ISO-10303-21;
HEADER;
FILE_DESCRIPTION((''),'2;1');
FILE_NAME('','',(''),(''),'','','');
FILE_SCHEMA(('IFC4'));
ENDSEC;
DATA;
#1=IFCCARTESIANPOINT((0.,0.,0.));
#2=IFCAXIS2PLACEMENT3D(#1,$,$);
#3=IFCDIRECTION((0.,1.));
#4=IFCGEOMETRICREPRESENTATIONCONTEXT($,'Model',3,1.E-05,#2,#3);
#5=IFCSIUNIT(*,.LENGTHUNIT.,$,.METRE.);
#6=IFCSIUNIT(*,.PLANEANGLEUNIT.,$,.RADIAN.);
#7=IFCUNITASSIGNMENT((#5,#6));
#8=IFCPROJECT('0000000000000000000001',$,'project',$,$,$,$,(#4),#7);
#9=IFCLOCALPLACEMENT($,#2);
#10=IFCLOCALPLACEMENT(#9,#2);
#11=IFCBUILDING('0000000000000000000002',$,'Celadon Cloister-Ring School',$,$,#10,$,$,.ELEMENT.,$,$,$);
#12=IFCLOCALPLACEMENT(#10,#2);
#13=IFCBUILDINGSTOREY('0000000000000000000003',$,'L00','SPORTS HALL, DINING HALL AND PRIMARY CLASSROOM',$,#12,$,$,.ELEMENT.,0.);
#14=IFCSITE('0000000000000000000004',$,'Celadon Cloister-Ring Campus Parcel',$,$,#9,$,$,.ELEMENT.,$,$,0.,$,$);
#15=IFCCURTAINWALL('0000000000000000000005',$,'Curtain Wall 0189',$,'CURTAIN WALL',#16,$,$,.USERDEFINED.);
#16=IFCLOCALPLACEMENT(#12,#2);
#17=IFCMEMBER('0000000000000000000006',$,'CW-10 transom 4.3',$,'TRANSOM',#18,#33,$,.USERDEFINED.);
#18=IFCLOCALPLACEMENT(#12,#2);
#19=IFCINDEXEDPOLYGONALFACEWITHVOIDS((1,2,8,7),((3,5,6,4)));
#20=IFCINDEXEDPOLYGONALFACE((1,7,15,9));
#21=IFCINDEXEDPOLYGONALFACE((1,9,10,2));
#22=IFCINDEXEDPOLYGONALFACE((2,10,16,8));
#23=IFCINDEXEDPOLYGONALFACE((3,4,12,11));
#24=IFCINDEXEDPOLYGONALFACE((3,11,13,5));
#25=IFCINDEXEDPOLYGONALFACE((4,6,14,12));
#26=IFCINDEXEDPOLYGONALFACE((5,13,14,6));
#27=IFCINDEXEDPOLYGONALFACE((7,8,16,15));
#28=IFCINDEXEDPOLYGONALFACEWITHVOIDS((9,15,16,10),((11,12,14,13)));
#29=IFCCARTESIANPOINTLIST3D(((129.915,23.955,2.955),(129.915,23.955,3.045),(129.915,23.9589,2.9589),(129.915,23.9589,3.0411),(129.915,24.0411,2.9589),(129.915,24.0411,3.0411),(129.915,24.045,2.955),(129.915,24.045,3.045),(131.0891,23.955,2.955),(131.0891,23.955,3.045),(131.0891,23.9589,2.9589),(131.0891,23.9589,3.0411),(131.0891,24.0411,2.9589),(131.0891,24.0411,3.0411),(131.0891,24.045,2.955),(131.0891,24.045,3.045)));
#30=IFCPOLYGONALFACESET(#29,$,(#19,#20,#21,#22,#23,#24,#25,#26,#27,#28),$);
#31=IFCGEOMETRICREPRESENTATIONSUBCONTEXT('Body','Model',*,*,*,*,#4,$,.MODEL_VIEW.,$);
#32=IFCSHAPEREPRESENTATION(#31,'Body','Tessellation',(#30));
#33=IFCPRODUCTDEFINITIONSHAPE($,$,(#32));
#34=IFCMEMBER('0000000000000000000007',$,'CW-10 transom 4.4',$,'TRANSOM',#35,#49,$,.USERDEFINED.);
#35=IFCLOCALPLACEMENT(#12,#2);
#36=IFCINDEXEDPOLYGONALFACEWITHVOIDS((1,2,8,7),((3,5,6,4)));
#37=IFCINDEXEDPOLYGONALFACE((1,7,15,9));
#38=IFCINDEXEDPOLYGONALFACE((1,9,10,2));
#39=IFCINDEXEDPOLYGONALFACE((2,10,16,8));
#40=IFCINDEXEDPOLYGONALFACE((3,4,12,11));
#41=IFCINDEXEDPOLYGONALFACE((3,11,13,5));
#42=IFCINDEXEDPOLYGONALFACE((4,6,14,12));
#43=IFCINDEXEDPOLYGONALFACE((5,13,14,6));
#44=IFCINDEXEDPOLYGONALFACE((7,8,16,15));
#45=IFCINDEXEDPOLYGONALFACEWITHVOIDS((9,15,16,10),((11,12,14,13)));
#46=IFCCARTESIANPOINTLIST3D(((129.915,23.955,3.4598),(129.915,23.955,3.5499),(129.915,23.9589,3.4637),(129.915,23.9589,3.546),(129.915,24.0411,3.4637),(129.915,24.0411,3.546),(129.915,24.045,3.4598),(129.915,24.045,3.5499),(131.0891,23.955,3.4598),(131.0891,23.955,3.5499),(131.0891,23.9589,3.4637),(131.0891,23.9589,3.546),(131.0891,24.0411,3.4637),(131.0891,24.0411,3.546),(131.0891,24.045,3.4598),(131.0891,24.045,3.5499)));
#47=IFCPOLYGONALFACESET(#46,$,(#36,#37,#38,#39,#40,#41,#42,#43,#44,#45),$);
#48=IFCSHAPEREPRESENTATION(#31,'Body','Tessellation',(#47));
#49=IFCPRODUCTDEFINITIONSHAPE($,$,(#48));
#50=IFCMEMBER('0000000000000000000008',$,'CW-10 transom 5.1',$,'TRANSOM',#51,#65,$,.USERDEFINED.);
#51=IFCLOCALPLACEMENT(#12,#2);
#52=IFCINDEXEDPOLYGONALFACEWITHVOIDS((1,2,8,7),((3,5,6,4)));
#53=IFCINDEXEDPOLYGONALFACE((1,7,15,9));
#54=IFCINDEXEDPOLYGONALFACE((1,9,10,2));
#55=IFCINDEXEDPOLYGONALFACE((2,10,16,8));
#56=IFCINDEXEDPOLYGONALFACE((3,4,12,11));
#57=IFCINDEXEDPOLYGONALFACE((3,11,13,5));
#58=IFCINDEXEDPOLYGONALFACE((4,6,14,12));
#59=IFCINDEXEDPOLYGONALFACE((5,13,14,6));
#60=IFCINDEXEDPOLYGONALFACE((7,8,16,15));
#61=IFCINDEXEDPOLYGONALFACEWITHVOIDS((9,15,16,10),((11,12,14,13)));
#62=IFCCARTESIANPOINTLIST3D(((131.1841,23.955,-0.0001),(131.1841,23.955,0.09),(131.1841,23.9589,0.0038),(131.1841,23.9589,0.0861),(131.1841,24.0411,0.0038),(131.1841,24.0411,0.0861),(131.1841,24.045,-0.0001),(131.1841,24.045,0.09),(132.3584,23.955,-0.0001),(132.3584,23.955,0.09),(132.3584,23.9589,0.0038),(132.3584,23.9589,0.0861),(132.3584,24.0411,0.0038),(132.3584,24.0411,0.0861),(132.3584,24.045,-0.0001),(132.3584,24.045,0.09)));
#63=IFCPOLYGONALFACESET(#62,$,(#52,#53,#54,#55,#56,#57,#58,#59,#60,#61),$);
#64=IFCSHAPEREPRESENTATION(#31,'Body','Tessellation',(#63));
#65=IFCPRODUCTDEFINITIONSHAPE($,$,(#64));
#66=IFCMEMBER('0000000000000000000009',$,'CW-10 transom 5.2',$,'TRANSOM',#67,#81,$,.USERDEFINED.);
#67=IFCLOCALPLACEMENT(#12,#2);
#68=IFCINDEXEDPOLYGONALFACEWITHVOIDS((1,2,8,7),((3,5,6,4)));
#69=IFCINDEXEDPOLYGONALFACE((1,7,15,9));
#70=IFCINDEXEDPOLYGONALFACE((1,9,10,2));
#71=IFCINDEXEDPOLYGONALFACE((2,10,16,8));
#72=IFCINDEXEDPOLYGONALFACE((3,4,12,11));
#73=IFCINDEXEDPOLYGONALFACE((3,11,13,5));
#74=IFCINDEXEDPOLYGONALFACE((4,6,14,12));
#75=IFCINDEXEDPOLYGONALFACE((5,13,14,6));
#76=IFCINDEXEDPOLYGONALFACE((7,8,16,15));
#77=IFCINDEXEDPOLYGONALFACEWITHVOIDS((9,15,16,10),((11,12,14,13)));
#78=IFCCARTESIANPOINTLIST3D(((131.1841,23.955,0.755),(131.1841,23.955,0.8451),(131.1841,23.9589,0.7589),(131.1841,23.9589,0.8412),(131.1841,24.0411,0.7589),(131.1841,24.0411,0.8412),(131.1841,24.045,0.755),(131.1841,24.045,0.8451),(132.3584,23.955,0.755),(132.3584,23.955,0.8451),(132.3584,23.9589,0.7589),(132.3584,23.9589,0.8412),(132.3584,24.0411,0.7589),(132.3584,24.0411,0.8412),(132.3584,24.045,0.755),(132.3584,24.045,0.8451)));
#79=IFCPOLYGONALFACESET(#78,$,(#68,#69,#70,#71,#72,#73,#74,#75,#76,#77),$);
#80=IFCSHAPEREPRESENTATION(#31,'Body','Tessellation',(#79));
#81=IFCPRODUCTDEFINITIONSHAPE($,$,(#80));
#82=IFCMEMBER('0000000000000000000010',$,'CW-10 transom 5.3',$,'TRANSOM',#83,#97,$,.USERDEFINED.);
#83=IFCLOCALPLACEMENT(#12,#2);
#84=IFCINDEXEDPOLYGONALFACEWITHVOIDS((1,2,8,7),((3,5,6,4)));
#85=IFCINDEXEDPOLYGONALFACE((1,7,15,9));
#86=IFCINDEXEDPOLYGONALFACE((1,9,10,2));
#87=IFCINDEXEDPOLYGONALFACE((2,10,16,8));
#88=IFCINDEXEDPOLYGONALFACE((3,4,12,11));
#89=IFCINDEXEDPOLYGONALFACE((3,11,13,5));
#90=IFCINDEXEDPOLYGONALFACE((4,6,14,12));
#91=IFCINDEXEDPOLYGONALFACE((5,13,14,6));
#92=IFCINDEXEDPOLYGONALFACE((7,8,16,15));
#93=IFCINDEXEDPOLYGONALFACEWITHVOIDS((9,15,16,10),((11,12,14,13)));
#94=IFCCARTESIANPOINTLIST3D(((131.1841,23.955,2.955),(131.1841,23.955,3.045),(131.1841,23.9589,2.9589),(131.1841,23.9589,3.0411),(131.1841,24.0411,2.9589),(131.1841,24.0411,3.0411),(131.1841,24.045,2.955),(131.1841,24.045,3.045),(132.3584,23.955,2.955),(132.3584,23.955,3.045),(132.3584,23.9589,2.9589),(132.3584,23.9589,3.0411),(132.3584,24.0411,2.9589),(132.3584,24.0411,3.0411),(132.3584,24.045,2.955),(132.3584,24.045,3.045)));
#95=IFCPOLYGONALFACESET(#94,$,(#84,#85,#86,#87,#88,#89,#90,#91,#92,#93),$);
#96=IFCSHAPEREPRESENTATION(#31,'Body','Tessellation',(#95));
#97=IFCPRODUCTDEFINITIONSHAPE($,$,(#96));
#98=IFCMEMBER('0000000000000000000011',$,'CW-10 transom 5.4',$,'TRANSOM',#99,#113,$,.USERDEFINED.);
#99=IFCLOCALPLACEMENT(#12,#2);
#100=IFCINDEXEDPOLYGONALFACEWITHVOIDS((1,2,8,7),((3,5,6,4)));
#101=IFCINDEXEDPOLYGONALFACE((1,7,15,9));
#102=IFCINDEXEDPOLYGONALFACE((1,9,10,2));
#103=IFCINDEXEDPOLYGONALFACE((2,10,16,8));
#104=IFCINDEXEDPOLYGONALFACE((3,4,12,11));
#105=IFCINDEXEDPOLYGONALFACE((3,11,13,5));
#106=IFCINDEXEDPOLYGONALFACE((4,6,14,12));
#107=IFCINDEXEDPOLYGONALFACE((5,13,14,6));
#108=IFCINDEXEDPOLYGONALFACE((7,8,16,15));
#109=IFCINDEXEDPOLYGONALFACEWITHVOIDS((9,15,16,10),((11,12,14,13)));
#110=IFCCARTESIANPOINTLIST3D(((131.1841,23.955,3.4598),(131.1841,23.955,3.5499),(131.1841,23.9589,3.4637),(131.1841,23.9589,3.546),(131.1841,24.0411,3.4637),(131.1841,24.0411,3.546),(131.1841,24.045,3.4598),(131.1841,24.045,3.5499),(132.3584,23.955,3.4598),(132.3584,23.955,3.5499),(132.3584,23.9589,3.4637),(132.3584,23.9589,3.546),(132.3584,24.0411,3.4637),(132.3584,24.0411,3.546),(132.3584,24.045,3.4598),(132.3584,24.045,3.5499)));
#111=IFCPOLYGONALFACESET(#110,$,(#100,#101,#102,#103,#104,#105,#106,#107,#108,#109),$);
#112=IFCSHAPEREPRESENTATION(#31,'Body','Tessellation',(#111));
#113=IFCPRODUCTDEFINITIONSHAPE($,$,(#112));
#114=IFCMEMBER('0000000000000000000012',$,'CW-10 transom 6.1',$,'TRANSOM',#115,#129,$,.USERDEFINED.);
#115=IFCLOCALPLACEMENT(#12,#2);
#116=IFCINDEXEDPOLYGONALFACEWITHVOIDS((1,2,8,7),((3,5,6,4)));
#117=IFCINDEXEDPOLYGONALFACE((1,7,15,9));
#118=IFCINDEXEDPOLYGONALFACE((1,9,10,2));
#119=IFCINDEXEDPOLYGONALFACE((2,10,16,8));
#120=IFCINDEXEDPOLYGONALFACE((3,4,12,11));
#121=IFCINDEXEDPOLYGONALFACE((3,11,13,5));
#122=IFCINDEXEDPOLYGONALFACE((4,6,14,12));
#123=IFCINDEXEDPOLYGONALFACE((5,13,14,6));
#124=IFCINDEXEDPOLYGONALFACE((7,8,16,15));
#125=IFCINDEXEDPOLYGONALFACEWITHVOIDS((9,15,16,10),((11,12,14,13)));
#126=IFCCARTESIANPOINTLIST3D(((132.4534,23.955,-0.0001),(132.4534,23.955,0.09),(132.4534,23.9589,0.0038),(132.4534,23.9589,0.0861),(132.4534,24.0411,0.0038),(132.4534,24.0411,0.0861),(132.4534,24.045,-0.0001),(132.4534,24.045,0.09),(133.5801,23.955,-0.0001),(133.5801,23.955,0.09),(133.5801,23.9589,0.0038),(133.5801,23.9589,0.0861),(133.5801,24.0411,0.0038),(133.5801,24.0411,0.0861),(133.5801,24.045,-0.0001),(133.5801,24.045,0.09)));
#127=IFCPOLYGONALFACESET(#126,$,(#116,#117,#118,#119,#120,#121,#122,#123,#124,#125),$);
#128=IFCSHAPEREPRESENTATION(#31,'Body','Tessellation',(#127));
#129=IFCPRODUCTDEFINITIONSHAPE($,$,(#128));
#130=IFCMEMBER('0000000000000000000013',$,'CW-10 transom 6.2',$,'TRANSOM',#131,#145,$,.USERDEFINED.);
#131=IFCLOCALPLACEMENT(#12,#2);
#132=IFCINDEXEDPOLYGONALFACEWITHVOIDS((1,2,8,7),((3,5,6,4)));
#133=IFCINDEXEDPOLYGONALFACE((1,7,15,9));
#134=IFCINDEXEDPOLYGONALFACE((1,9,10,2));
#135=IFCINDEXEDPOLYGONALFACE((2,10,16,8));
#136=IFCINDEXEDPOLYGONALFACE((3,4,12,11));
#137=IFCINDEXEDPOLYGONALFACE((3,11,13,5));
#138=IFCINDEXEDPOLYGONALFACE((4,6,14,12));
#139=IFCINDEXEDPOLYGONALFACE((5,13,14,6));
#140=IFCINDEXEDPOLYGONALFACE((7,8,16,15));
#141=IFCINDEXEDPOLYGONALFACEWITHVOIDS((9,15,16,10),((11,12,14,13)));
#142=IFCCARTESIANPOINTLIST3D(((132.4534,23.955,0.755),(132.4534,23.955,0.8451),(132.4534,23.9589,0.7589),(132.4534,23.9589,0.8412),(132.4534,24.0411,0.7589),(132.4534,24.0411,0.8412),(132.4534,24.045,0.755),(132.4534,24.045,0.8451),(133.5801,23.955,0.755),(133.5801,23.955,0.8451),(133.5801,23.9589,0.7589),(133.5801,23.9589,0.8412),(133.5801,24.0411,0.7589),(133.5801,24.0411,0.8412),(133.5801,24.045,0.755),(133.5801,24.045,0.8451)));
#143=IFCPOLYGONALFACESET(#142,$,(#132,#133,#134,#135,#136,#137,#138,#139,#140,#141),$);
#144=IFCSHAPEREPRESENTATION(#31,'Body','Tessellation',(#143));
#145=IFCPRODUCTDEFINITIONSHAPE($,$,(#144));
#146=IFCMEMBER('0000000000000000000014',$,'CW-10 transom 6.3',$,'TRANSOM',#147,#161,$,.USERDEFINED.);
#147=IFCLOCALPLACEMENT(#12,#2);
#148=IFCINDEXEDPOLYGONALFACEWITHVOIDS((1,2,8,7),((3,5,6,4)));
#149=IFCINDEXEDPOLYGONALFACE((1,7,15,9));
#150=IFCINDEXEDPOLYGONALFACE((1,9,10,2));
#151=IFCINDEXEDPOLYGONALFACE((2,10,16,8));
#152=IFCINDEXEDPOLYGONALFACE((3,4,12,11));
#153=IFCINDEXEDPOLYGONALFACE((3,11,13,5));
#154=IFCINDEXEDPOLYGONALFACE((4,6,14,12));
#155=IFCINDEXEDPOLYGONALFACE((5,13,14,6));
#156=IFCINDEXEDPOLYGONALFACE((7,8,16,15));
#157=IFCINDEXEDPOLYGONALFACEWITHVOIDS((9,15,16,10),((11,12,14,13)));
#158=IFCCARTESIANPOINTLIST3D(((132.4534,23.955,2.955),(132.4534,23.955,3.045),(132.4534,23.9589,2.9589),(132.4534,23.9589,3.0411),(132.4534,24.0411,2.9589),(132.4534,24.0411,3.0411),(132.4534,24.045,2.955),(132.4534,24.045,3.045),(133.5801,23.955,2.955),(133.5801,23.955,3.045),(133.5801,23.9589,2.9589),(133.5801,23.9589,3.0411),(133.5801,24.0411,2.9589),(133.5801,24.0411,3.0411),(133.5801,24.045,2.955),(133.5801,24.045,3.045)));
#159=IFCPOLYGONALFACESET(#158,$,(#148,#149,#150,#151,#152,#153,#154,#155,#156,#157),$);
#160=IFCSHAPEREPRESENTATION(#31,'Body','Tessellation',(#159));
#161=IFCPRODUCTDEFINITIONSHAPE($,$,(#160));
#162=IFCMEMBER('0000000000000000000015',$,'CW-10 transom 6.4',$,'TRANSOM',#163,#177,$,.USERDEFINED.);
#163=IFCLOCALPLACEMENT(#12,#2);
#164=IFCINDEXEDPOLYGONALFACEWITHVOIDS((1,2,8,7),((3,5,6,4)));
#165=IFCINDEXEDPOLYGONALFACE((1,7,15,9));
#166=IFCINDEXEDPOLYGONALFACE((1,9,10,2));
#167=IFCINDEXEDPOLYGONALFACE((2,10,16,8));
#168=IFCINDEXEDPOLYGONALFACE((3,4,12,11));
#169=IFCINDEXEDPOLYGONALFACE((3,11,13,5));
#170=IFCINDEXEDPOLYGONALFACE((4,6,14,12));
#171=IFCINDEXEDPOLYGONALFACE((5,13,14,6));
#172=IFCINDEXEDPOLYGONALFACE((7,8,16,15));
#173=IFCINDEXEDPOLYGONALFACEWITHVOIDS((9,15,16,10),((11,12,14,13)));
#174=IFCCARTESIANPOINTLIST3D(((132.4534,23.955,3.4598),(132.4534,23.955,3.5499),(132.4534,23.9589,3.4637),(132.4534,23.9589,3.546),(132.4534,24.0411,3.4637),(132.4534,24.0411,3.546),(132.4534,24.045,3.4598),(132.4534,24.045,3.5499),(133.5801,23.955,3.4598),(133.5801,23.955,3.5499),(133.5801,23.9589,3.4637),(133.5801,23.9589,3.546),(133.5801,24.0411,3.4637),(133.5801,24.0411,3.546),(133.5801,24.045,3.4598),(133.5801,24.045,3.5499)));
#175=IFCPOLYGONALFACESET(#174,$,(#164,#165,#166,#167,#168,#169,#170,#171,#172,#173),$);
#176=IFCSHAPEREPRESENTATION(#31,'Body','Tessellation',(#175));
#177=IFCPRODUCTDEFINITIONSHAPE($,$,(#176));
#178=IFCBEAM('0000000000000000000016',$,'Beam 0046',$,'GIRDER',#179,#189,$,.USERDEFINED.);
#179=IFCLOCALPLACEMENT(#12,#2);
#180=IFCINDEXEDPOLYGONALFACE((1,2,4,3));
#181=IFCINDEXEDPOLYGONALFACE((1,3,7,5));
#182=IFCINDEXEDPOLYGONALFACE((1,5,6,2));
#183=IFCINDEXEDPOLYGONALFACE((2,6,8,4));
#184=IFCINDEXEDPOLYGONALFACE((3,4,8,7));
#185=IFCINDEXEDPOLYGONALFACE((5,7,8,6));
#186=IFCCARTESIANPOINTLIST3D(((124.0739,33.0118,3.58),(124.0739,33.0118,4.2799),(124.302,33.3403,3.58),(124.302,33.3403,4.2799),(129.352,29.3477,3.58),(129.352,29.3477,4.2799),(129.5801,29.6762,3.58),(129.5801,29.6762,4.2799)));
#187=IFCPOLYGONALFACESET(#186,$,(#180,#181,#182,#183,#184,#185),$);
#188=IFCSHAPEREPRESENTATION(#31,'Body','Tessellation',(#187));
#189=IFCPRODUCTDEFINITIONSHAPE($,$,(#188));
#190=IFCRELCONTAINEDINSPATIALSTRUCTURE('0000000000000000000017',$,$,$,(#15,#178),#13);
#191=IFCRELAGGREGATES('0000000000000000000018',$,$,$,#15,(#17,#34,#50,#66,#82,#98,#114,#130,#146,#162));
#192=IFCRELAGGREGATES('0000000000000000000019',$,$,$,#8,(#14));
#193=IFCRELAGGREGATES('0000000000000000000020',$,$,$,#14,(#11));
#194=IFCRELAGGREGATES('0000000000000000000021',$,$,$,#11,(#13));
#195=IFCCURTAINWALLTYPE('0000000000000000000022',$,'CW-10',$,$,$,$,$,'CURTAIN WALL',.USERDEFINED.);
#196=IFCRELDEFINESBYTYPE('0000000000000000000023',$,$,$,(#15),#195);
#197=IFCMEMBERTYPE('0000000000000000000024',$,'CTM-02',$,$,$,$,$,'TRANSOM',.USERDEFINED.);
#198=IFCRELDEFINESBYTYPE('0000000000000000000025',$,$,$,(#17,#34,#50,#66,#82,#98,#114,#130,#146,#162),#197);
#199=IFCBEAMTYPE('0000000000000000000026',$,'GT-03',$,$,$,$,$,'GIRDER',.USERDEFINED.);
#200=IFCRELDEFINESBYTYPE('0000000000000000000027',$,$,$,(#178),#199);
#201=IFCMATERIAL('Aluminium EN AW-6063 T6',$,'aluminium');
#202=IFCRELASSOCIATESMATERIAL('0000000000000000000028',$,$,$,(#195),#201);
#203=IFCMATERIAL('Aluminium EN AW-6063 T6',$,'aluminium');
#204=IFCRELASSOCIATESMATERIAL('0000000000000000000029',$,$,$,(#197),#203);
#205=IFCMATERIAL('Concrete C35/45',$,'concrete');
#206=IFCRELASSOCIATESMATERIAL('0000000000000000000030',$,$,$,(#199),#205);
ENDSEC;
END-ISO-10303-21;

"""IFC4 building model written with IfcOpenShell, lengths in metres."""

from ifc_helpers import new_model, si_unit, direction, frame, origin, origin_2d, place, context, subcontext, project, spatial, rectangle, hollow_rectangle, extrude, material, material_profile, profile_set, type_object, element, aggregate, save


model = new_model("IFC4")

# Units and contexts
model_context = context("Model", 3, precision=1e-05, world=origin(), true_north=direction((0.0, 1.0)))
body_context = subcontext(model_context, "Body", "Model", "MODEL_VIEW")
ifc_project = project(units=[si_unit("LENGTHUNIT", "METRE"), si_unit("PLANEANGLEUNIT", "RADIAN")], contexts=[model_context])

# Site, building, storey
site_placement = place(None, origin())
site = spatial("IfcSite", under=ifc_project, at=site_placement, Name="Celadon Cloister-Ring Campus Parcel", CompositionType="ELEMENT", RefElevation=0.0)
building_placement = place(site_placement, origin())
building = spatial("IfcBuilding", under=site, at=building_placement, Name="Celadon Cloister-Ring School", CompositionType="ELEMENT")
storey_placement = place(building_placement, origin())
storey = spatial("IfcBuildingStorey", under=building, at=storey_placement, Name="L00", Description="SPORTS HALL, DINING HALL AND PRIMARY CLASSROOM", CompositionType="ELEMENT", Elevation=0.0)

# Curtain wall, members
ifc_material_1 = material(Name="Aluminium EN AW-6063 T6", Category="aluminium")
curtain_wall_type = type_object("IfcCurtainWallType", Name="CW-10", ElementType="CURTAIN WALL", PredefinedType="USERDEFINED", material=ifc_material_1)
curtain_wall_placement = place(storey_placement, origin())
curtain_wall = element("IfcCurtainWall", 1, at=curtain_wall_placement, inside=storey, type_object=curtain_wall_type, Name="Curtain Wall 0189", ObjectType="CURTAIN WALL", PredefinedType="USERDEFINED")
ifc_material_2 = material(Name="Aluminium EN AW-6063 T6", Category="aluminium")
ifc_material_profile_1 = material_profile(ifc_material_2, hollow_rectangle(XDim=0.0901, YDim=0.0901, WallThickness=0.0039, at=origin_2d()), Name="RHS90X90X4")
ifc_profile_set_1 = profile_set([ifc_material_profile_1], Name="Aluminium EN AW-6063 T6")
member_type_1 = type_object("IfcMemberType", Name="CTM-02", ElementType="TRANSOM", PredefinedType="USERDEFINED", material=ifc_profile_set_1)
member_1_placement = place(storey_placement, frame((129.915, 24.0, 3.0), z_axis=(1.0, 0.0, 0.0), x_axis=(0.0, 1.0, 0.0)))
member_1 = element("IfcMember", 2, at=member_1_placement, type_object=member_type_1, Name="CW-10 transom 4.3", ObjectType="TRANSOM", PredefinedType="USERDEFINED", context=body_context, shape_type="SweptSolid", body=[
    extrude(hollow_rectangle(XDim=0.0901, YDim=0.0901, WallThickness=0.0039, at=origin_2d()), origin(), (0.0, 0.0, 1.0), 1.1741),
])
member_2_placement = place(storey_placement, frame((129.915, 24.0, 3.5049), z_axis=(1.0, 0.0, 0.0), x_axis=(0.0, 1.0, 0.0)))
member_2 = element("IfcMember", 3, at=member_2_placement, type_object=member_type_1, Name="CW-10 transom 4.4", ObjectType="TRANSOM", PredefinedType="USERDEFINED", context=body_context, shape_type="SweptSolid", body=[
    extrude(hollow_rectangle(XDim=0.0901, YDim=0.0901, WallThickness=0.0039, at=origin_2d()), origin(), (0.0, 0.0, 1.0), 1.1741),
])
member_3_placement = place(storey_placement, frame((131.1841, 24.0, 0.0449), z_axis=(1.0, 0.0, 0.0), x_axis=(0.0, 1.0, 0.0)))
member_3 = element("IfcMember", 4, at=member_3_placement, type_object=member_type_1, Name="CW-10 transom 5.1", ObjectType="TRANSOM", PredefinedType="USERDEFINED", context=body_context, shape_type="SweptSolid", body=[
    extrude(hollow_rectangle(XDim=0.0901, YDim=0.0901, WallThickness=0.0039, at=origin_2d()), origin(), (0.0, 0.0, 1.0), 1.1743),
])
member_4_placement = place(storey_placement, frame((131.1841, 24.0, 0.8), z_axis=(1.0, 0.0, 0.0), x_axis=(0.0, 1.0, 0.0)))
member_4 = element("IfcMember", 5, at=member_4_placement, type_object=member_type_1, Name="CW-10 transom 5.2", ObjectType="TRANSOM", PredefinedType="USERDEFINED", context=body_context, shape_type="SweptSolid", body=[
    extrude(hollow_rectangle(XDim=0.0901, YDim=0.0901, WallThickness=0.0039, at=origin_2d()), origin(), (0.0, 0.0, 1.0), 1.1743),
])
member_5_placement = place(storey_placement, frame((131.1841, 24.0, 3.0), z_axis=(1.0, 0.0, 0.0), x_axis=(0.0, 1.0, 0.0)))
member_5 = element("IfcMember", 6, at=member_5_placement, type_object=member_type_1, Name="CW-10 transom 5.3", ObjectType="TRANSOM", PredefinedType="USERDEFINED", context=body_context, shape_type="SweptSolid", body=[
    extrude(hollow_rectangle(XDim=0.0901, YDim=0.0901, WallThickness=0.0039, at=origin_2d()), origin(), (0.0, 0.0, 1.0), 1.1743),
])
member_6_placement = place(storey_placement, frame((131.1841, 24.0, 3.5049), z_axis=(1.0, 0.0, 0.0), x_axis=(0.0, 1.0, 0.0)))
member_6 = element("IfcMember", 7, at=member_6_placement, type_object=member_type_1, Name="CW-10 transom 5.4", ObjectType="TRANSOM", PredefinedType="USERDEFINED", context=body_context, shape_type="SweptSolid", body=[
    extrude(hollow_rectangle(XDim=0.0901, YDim=0.0901, WallThickness=0.0039, at=origin_2d()), origin(), (0.0, 0.0, 1.0), 1.1743),
])
member_7_placement = place(storey_placement, frame((132.4534, 24.0, 0.0449), z_axis=(1.0, 0.0, 0.0), x_axis=(0.0, 1.0, 0.0)))
member_7 = element("IfcMember", 8, at=member_7_placement, type_object=member_type_1, Name="CW-10 transom 6.1", ObjectType="TRANSOM", PredefinedType="USERDEFINED", context=body_context, shape_type="SweptSolid", body=[
    extrude(hollow_rectangle(XDim=0.0901, YDim=0.0901, WallThickness=0.0039, at=origin_2d()), origin(), (0.0, 0.0, 1.0), 1.1267),
])
member_8_placement = place(storey_placement, frame((132.4534, 24.0, 0.8), z_axis=(1.0, 0.0, 0.0), x_axis=(0.0, 1.0, 0.0)))
member_8 = element("IfcMember", 9, at=member_8_placement, type_object=member_type_1, Name="CW-10 transom 6.2", ObjectType="TRANSOM", PredefinedType="USERDEFINED", context=body_context, shape_type="SweptSolid", body=[
    extrude(hollow_rectangle(XDim=0.0901, YDim=0.0901, WallThickness=0.0039, at=origin_2d()), origin(), (0.0, 0.0, 1.0), 1.1267),
])
member_9_placement = place(storey_placement, frame((132.4534, 24.0, 3.0), z_axis=(1.0, 0.0, 0.0), x_axis=(0.0, 1.0, 0.0)))
member_9 = element("IfcMember", 10, at=member_9_placement, type_object=member_type_1, Name="CW-10 transom 6.3", ObjectType="TRANSOM", PredefinedType="USERDEFINED", context=body_context, shape_type="SweptSolid", body=[
    extrude(hollow_rectangle(XDim=0.0901, YDim=0.0901, WallThickness=0.0039, at=origin_2d()), origin(), (0.0, 0.0, 1.0), 1.1267),
])
member_10_placement = place(storey_placement, frame((132.4534, 24.0, 3.5049), z_axis=(1.0, 0.0, 0.0), x_axis=(0.0, 1.0, 0.0)))
member_10 = element("IfcMember", 11, at=member_10_placement, type_object=member_type_1, Name="CW-10 transom 6.4", ObjectType="TRANSOM", PredefinedType="USERDEFINED", context=body_context, shape_type="SweptSolid", body=[
    extrude(hollow_rectangle(XDim=0.0901, YDim=0.0901, WallThickness=0.0039, at=origin_2d()), origin(), (0.0, 0.0, 1.0), 1.1267),
])

# Beam
ifc_material_3 = material(Name="Concrete C35/45", Category="concrete")
ifc_material_profile_2 = material_profile(ifc_material_3, rectangle(XDim=0.3999, YDim=0.7, at=origin_2d()), Name="RC400X700")
ifc_profile_set_2 = profile_set([ifc_material_profile_2], Name="Concrete C35/45")
beam_type_1 = type_object("IfcBeamType", Name="GT-03", ElementType="GIRDER", PredefinedType="USERDEFINED", material=ifc_profile_set_2)
beam_1_placement = place(storey_placement, frame((129.4661, 29.512, 3.9299), z_axis=(-0.821462, 0.570263, 0.0), x_axis=(-0.570263, -0.821462, 0.0)))
element("IfcBeam", 12, at=beam_1_placement, inside=storey, type_object=beam_type_1, Name="Beam 0046", ObjectType="GIRDER", PredefinedType="USERDEFINED", context=body_context, shape_type="SweptSolid", body=[
    extrude(rectangle(XDim=0.3999, YDim=0.7, at=origin_2d()), origin(), (0.0, 0.0, 1.0), 6.4253),
])

aggregate(curtain_wall, [member_1, member_2, member_3, member_4, member_5, member_6, member_7, member_8, member_9, member_10])

save(model, "model.ifc")
